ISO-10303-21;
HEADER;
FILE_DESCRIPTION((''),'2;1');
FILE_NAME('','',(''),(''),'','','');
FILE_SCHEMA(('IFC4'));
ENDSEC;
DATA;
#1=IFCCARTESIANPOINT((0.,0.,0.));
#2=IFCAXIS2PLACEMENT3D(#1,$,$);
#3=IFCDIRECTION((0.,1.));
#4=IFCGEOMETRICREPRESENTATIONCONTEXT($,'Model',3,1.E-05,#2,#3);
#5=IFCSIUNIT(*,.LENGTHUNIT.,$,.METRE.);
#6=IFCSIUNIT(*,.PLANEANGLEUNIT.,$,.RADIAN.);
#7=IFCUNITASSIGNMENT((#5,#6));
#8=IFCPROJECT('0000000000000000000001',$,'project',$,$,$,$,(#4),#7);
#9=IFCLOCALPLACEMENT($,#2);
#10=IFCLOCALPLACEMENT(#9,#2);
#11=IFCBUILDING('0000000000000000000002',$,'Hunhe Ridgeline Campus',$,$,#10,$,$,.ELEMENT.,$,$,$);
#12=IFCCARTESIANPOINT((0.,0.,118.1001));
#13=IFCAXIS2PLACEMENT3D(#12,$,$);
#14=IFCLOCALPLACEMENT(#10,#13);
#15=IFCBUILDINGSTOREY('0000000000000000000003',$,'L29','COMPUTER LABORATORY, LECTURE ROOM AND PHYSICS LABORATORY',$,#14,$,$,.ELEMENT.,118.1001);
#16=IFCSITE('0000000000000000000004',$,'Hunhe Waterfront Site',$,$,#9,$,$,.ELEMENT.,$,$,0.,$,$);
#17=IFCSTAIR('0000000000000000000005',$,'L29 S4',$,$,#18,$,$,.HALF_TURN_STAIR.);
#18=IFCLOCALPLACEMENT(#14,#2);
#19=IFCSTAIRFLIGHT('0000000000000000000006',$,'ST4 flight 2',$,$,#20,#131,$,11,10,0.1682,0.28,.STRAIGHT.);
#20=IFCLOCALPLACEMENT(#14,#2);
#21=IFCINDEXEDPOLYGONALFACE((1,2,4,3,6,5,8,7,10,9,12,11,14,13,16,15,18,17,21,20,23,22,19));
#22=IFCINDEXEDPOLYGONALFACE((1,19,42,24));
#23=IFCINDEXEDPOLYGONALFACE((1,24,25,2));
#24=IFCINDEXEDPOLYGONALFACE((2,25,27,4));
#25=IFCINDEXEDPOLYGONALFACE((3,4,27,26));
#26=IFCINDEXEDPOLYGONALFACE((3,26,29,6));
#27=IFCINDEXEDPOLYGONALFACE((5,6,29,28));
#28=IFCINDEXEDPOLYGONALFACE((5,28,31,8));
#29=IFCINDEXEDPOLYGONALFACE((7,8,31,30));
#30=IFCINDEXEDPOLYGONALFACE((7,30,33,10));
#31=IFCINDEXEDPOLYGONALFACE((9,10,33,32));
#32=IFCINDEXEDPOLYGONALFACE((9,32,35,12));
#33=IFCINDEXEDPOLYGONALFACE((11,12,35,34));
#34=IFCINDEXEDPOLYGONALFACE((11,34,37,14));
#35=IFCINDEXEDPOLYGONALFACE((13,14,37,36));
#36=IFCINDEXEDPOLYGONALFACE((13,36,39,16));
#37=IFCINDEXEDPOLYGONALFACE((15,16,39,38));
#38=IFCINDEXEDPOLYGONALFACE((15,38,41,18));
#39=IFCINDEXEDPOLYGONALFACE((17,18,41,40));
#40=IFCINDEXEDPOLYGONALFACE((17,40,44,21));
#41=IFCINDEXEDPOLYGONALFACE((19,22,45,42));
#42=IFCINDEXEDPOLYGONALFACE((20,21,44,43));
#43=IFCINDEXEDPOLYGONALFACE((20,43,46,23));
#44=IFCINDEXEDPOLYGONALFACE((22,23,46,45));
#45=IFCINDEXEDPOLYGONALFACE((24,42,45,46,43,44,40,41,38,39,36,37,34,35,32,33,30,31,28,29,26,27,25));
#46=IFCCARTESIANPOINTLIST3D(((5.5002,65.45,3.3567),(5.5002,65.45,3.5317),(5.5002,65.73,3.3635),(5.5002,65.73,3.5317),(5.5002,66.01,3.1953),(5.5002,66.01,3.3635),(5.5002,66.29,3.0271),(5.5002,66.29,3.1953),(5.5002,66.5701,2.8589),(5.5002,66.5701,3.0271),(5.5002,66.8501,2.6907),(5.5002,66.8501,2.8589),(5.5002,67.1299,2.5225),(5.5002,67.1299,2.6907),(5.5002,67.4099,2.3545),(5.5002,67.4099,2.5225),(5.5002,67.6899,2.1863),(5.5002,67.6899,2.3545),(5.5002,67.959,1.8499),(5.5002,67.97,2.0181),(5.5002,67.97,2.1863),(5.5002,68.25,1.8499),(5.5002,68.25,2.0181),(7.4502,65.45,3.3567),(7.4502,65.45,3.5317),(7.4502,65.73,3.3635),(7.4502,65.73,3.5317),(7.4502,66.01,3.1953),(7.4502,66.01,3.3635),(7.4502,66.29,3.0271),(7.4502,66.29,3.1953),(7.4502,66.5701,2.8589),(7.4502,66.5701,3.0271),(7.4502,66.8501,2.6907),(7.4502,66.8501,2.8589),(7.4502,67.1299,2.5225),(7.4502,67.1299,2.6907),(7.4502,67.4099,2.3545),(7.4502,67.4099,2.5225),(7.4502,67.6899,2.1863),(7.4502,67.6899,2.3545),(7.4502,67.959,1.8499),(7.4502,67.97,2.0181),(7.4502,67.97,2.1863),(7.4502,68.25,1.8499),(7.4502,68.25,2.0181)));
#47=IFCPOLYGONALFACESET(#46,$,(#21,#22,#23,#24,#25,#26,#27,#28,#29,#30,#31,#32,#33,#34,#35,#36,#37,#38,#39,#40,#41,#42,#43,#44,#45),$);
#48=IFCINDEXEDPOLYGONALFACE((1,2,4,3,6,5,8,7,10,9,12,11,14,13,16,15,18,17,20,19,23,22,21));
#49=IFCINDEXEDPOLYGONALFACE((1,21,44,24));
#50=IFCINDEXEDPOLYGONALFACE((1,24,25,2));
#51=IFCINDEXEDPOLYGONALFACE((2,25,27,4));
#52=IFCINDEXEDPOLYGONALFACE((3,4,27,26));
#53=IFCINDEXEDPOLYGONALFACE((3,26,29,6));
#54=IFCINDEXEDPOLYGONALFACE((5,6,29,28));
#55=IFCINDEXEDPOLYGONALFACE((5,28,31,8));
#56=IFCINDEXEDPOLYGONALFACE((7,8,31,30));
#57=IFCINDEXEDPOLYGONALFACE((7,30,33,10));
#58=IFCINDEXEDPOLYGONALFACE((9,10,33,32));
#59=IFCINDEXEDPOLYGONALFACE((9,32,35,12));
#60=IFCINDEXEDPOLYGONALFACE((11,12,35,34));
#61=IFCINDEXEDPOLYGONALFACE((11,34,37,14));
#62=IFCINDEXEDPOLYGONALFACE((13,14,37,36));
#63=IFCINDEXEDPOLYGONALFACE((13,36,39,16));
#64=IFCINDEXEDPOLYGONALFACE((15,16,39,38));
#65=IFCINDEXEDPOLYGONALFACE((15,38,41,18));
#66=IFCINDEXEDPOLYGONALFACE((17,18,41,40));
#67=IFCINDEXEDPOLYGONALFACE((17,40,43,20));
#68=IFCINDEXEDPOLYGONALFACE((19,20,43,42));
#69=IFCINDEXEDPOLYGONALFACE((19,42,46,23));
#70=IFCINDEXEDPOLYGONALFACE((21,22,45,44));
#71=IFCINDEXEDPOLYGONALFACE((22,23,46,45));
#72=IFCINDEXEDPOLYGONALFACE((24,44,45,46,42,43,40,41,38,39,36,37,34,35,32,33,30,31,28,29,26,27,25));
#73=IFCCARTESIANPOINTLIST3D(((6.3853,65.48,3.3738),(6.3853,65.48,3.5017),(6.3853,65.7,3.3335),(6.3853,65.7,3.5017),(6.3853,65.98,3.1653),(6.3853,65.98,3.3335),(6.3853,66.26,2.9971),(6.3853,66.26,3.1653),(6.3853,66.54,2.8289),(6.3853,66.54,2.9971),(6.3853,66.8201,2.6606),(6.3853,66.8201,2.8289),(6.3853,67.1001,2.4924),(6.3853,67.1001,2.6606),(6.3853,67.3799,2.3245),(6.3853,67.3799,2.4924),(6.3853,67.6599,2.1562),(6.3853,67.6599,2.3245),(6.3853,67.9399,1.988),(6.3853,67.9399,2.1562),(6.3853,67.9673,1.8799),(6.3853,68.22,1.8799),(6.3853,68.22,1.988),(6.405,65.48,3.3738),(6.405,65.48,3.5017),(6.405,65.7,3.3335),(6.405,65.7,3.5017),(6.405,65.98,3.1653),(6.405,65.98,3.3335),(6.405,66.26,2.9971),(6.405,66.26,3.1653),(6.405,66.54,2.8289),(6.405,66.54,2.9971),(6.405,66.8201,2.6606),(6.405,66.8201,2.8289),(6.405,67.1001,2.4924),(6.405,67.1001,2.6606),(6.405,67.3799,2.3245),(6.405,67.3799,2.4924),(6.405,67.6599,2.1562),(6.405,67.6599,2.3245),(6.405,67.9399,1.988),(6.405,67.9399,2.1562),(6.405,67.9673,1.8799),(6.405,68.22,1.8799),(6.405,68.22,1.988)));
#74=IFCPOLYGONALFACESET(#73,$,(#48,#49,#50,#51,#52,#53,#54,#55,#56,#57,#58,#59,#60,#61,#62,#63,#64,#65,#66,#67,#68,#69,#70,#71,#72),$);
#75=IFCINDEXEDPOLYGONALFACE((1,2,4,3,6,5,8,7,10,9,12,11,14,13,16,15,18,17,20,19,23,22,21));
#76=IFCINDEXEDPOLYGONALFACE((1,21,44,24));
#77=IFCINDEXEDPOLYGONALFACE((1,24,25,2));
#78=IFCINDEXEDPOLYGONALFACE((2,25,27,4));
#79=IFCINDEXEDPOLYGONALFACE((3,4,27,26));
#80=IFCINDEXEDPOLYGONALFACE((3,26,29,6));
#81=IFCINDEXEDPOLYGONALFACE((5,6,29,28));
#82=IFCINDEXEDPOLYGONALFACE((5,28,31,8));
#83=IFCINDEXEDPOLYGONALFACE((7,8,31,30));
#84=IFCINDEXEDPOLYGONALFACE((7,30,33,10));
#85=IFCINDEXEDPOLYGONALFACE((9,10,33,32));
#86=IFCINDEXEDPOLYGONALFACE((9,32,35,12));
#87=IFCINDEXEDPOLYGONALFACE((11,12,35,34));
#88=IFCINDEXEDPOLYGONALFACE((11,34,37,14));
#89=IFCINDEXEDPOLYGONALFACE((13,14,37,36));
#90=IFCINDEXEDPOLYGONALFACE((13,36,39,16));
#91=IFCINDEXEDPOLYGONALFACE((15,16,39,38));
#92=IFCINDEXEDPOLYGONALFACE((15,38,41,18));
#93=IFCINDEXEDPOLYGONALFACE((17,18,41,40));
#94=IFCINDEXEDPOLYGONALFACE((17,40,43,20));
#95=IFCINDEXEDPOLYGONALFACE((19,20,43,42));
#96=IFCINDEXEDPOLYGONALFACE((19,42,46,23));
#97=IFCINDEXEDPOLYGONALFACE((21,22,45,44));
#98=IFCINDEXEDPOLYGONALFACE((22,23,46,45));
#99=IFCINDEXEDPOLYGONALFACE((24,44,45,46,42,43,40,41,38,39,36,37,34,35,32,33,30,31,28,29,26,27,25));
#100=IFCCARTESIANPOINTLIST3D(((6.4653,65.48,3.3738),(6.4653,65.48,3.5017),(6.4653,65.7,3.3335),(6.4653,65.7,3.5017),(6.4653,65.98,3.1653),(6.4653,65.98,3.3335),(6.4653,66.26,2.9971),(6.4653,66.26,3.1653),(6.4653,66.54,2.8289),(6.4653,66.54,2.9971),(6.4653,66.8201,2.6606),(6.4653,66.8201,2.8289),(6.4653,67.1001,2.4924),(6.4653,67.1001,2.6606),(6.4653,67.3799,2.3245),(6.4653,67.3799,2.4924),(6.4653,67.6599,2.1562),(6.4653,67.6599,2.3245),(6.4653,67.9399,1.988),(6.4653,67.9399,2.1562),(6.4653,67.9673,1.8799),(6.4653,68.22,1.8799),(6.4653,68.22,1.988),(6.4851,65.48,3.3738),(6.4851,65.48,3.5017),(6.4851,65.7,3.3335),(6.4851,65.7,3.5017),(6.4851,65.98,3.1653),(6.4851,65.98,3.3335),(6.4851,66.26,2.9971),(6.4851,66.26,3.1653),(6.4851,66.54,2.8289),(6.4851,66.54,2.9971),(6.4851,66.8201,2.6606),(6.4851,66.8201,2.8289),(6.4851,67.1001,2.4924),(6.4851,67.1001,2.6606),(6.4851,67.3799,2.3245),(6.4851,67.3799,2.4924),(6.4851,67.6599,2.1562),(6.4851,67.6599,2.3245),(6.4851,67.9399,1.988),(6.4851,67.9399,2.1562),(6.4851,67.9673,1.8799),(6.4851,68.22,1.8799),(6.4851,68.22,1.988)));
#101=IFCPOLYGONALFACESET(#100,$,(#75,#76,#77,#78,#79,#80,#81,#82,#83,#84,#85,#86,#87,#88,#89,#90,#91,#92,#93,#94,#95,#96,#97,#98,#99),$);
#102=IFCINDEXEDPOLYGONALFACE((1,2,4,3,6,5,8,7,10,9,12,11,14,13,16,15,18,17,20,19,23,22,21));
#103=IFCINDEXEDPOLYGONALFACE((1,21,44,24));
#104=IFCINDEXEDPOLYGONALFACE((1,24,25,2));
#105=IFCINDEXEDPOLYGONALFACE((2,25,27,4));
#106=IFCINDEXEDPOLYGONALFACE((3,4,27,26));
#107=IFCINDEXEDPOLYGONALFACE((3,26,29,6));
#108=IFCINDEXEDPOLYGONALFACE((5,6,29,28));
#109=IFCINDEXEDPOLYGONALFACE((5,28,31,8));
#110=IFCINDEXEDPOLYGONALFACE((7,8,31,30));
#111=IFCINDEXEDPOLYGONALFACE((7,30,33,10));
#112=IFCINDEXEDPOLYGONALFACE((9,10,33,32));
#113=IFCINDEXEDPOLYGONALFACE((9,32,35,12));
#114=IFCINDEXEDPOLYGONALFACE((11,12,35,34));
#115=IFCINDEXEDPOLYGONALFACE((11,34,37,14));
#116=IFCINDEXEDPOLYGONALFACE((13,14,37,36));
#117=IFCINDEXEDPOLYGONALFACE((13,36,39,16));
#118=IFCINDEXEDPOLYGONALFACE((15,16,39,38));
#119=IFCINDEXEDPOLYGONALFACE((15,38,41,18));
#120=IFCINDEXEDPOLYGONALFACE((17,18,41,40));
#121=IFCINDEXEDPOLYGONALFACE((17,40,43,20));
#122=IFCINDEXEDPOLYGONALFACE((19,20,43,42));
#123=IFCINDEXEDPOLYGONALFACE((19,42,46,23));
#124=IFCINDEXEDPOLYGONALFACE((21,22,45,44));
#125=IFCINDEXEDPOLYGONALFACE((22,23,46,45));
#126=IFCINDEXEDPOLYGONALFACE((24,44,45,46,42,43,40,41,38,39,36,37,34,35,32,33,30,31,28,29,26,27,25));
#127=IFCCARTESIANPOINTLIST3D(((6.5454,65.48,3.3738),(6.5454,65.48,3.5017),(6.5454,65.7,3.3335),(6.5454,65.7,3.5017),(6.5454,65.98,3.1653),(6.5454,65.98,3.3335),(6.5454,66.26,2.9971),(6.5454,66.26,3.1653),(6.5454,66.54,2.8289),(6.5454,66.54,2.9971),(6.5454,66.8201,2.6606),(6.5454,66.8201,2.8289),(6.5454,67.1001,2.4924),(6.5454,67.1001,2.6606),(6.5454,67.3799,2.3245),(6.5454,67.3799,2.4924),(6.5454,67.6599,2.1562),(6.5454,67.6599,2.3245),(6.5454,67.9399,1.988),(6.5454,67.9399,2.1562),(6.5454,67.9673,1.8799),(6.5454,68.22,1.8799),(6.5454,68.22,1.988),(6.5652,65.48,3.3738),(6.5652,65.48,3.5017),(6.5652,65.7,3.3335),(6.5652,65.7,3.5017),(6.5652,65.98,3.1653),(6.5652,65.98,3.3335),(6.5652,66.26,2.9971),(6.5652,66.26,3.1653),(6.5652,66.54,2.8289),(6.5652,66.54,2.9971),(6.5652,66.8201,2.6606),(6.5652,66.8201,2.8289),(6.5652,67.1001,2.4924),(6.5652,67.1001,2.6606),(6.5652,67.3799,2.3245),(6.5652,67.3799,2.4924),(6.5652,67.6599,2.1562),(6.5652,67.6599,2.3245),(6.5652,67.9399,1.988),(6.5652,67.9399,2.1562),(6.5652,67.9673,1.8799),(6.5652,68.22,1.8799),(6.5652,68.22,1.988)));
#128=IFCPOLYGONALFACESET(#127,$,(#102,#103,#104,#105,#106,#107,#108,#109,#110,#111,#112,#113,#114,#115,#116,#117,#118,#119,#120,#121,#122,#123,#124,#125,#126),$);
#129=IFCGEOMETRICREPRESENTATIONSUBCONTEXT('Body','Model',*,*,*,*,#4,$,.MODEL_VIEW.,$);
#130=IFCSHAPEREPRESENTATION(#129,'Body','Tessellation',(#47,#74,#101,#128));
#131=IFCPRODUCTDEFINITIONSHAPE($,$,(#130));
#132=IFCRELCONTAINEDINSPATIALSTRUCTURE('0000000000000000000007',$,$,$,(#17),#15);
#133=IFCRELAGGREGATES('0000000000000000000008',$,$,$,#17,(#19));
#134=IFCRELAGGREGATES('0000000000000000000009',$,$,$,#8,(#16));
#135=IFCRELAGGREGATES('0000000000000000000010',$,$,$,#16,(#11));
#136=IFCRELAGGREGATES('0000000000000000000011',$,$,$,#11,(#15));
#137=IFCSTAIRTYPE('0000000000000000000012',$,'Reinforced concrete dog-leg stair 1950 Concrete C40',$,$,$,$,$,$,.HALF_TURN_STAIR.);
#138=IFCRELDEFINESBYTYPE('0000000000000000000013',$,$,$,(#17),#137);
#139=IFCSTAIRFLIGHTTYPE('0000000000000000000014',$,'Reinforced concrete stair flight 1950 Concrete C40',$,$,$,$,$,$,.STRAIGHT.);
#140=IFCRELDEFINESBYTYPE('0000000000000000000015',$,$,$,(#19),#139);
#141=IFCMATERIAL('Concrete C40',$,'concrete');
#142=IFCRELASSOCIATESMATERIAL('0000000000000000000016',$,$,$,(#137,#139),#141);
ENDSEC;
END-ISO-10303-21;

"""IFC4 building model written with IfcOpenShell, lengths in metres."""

from ifc_helpers import new_model, si_unit, direction, frame, origin, place, context, subcontext, project, spatial, polyline, outline, extrude, material, type_object, element, aggregate, save


model = new_model("IFC4")

# Units and contexts
model_context = context("Model", 3, precision=1e-05, world=origin(), true_north=direction((0.0, 1.0)))
body_context = subcontext(model_context, "Body", "Model", "MODEL_VIEW")
ifc_project = project(units=[si_unit("LENGTHUNIT", "METRE"), si_unit("PLANEANGLEUNIT", "RADIAN")], contexts=[model_context])

# Site, building, storey
site_placement = place(None, origin())
site = spatial("IfcSite", under=ifc_project, at=site_placement, Name="Hunhe Waterfront Site", CompositionType="ELEMENT", RefElevation=0.0)
building_placement = place(site_placement, origin())
building = spatial("IfcBuilding", under=site, at=building_placement, Name="Hunhe Ridgeline Campus", CompositionType="ELEMENT")
storey_placement = place(building_placement, frame((0.0, 0.0, 118.1001)))
storey = spatial("IfcBuildingStorey", under=building, at=storey_placement, Name="L29", Description="COMPUTER LABORATORY, LECTURE ROOM AND PHYSICS LABORATORY", CompositionType="ELEMENT", Elevation=118.1001)

# Shared definitions
ifc_material_1 = material(Name="Concrete C40", Category="concrete")
stair_type = type_object("IfcStairType", Name="Reinforced concrete dog-leg stair 1950 Concrete C40", PredefinedType="HALF_TURN_STAIR", material=ifc_material_1)
stair_flight_type = type_object("IfcStairFlightType", Name="Reinforced concrete stair flight 1950 Concrete C40", PredefinedType="STRAIGHT", material=ifc_material_1)

# Stair, stair flight
stair_1_placement = place(storey_placement, origin())
stair_1 = element("IfcStair", 1, at=stair_1_placement, inside=storey, type_object=stair_type, Name="L29 S4", PredefinedType="HALF_TURN_STAIR")
stair_flight_1_placement = place(storey_placement, frame((6.4751, 68.25, 1.8499), z_axis=(0.0, 0.0, 1.0), x_axis=(0.0, -1.0, 0.0)))
stair_flight_1 = element("IfcStairFlight", 2, at=stair_flight_1_placement, type_object=stair_flight_type, Name="ST4 flight 2", NumberOfRisers=11, NumberOfTreads=10, PredefinedType="STRAIGHT", RiserHeight=0.1682, TreadLength=0.28, context=body_context, shape_type="SweptSolid", body=[
    extrude(outline(polyline([(0.0, 0.0), (0.0, 0.1682), (0.28, 0.1682), (0.28, 0.3364), (0.5601, 0.3364), (0.5601, 0.5046), (0.8401, 0.5046), (0.8401, 0.6726), (1.1201, 0.6726), (1.1201, 0.8408), (1.3999, 0.8408), (1.3999, 1.009), (1.6799, 1.009), (1.6799, 1.1772), (1.96, 1.1772), (1.96, 1.3455), (2.24, 1.3455), (2.24, 1.5137), (2.52, 1.5137), (2.52, 1.6819), (2.8, 1.6819), (2.8, 1.8501), (2.8, 1.5068), (0.291, 0.0), (0.0, 0.0)])), frame((0.0, 0.9751, 0.0), z_axis=(0.0, -1.0, 0.0), x_axis=(1.0, 0.0, 0.0)), (0.0, 0.0, 1.0), 1.95),
    extrude(outline(polyline([(0.03, 0.03), (0.03, 0.1382), (0.3101, 0.1382), (0.3101, 0.3064), (0.5901, 0.3064), (0.5901, 0.4746), (0.8701, 0.4746), (0.8701, 0.6426), (1.1499, 0.6426), (1.1499, 0.8108), (1.4299, 0.8108), (1.4299, 0.979), (1.71, 0.979), (1.71, 1.1472), (1.99, 1.1472), (1.99, 1.3154), (2.27, 1.3154), (2.27, 1.4836), (2.55, 1.4836), (2.55, 1.6519), (2.77, 1.6519), (2.77, 1.5239), (0.2827, 0.03), (0.03, 0.03)])), frame((0.0, -0.0701, 0.0), z_axis=(0.0, -1.0, 0.0), x_axis=(1.0, 0.0, 0.0)), (0.0, 0.0, 1.0), 0.0198),
    extrude(outline(polyline([(0.03, 0.03), (0.03, 0.1382), (0.3101, 0.1382), (0.3101, 0.3064), (0.5901, 0.3064), (0.5901, 0.4746), (0.8701, 0.4746), (0.8701, 0.6426), (1.1499, 0.6426), (1.1499, 0.8108), (1.4299, 0.8108), (1.4299, 0.979), (1.71, 0.979), (1.71, 1.1472), (1.99, 1.1472), (1.99, 1.3154), (2.27, 1.3154), (2.27, 1.4836), (2.55, 1.4836), (2.55, 1.6519), (2.77, 1.6519), (2.77, 1.5239), (0.2827, 0.03), (0.03, 0.03)])), frame((0.0, 0.01, 0.0), z_axis=(0.0, -1.0, 0.0), x_axis=(1.0, 0.0, 0.0)), (0.0, 0.0, 1.0), 0.0198),
    extrude(outline(polyline([(0.03, 0.03), (0.03, 0.1382), (0.3101, 0.1382), (0.3101, 0.3064), (0.5901, 0.3064), (0.5901, 0.4746), (0.8701, 0.4746), (0.8701, 0.6426), (1.1499, 0.6426), (1.1499, 0.8108), (1.4299, 0.8108), (1.4299, 0.979), (1.71, 0.979), (1.71, 1.1472), (1.99, 1.1472), (1.99, 1.3154), (2.27, 1.3154), (2.27, 1.4836), (2.55, 1.4836), (2.55, 1.6519), (2.77, 1.6519), (2.77, 1.5239), (0.2827, 0.03), (0.03, 0.03)])), frame((0.0, 0.0901, 0.0), z_axis=(0.0, -1.0, 0.0), x_axis=(1.0, 0.0, 0.0)), (0.0, 0.0, 1.0), 0.0198),
])
aggregate(stair_1, [stair_flight_1])

save(model, "model.ifc")
